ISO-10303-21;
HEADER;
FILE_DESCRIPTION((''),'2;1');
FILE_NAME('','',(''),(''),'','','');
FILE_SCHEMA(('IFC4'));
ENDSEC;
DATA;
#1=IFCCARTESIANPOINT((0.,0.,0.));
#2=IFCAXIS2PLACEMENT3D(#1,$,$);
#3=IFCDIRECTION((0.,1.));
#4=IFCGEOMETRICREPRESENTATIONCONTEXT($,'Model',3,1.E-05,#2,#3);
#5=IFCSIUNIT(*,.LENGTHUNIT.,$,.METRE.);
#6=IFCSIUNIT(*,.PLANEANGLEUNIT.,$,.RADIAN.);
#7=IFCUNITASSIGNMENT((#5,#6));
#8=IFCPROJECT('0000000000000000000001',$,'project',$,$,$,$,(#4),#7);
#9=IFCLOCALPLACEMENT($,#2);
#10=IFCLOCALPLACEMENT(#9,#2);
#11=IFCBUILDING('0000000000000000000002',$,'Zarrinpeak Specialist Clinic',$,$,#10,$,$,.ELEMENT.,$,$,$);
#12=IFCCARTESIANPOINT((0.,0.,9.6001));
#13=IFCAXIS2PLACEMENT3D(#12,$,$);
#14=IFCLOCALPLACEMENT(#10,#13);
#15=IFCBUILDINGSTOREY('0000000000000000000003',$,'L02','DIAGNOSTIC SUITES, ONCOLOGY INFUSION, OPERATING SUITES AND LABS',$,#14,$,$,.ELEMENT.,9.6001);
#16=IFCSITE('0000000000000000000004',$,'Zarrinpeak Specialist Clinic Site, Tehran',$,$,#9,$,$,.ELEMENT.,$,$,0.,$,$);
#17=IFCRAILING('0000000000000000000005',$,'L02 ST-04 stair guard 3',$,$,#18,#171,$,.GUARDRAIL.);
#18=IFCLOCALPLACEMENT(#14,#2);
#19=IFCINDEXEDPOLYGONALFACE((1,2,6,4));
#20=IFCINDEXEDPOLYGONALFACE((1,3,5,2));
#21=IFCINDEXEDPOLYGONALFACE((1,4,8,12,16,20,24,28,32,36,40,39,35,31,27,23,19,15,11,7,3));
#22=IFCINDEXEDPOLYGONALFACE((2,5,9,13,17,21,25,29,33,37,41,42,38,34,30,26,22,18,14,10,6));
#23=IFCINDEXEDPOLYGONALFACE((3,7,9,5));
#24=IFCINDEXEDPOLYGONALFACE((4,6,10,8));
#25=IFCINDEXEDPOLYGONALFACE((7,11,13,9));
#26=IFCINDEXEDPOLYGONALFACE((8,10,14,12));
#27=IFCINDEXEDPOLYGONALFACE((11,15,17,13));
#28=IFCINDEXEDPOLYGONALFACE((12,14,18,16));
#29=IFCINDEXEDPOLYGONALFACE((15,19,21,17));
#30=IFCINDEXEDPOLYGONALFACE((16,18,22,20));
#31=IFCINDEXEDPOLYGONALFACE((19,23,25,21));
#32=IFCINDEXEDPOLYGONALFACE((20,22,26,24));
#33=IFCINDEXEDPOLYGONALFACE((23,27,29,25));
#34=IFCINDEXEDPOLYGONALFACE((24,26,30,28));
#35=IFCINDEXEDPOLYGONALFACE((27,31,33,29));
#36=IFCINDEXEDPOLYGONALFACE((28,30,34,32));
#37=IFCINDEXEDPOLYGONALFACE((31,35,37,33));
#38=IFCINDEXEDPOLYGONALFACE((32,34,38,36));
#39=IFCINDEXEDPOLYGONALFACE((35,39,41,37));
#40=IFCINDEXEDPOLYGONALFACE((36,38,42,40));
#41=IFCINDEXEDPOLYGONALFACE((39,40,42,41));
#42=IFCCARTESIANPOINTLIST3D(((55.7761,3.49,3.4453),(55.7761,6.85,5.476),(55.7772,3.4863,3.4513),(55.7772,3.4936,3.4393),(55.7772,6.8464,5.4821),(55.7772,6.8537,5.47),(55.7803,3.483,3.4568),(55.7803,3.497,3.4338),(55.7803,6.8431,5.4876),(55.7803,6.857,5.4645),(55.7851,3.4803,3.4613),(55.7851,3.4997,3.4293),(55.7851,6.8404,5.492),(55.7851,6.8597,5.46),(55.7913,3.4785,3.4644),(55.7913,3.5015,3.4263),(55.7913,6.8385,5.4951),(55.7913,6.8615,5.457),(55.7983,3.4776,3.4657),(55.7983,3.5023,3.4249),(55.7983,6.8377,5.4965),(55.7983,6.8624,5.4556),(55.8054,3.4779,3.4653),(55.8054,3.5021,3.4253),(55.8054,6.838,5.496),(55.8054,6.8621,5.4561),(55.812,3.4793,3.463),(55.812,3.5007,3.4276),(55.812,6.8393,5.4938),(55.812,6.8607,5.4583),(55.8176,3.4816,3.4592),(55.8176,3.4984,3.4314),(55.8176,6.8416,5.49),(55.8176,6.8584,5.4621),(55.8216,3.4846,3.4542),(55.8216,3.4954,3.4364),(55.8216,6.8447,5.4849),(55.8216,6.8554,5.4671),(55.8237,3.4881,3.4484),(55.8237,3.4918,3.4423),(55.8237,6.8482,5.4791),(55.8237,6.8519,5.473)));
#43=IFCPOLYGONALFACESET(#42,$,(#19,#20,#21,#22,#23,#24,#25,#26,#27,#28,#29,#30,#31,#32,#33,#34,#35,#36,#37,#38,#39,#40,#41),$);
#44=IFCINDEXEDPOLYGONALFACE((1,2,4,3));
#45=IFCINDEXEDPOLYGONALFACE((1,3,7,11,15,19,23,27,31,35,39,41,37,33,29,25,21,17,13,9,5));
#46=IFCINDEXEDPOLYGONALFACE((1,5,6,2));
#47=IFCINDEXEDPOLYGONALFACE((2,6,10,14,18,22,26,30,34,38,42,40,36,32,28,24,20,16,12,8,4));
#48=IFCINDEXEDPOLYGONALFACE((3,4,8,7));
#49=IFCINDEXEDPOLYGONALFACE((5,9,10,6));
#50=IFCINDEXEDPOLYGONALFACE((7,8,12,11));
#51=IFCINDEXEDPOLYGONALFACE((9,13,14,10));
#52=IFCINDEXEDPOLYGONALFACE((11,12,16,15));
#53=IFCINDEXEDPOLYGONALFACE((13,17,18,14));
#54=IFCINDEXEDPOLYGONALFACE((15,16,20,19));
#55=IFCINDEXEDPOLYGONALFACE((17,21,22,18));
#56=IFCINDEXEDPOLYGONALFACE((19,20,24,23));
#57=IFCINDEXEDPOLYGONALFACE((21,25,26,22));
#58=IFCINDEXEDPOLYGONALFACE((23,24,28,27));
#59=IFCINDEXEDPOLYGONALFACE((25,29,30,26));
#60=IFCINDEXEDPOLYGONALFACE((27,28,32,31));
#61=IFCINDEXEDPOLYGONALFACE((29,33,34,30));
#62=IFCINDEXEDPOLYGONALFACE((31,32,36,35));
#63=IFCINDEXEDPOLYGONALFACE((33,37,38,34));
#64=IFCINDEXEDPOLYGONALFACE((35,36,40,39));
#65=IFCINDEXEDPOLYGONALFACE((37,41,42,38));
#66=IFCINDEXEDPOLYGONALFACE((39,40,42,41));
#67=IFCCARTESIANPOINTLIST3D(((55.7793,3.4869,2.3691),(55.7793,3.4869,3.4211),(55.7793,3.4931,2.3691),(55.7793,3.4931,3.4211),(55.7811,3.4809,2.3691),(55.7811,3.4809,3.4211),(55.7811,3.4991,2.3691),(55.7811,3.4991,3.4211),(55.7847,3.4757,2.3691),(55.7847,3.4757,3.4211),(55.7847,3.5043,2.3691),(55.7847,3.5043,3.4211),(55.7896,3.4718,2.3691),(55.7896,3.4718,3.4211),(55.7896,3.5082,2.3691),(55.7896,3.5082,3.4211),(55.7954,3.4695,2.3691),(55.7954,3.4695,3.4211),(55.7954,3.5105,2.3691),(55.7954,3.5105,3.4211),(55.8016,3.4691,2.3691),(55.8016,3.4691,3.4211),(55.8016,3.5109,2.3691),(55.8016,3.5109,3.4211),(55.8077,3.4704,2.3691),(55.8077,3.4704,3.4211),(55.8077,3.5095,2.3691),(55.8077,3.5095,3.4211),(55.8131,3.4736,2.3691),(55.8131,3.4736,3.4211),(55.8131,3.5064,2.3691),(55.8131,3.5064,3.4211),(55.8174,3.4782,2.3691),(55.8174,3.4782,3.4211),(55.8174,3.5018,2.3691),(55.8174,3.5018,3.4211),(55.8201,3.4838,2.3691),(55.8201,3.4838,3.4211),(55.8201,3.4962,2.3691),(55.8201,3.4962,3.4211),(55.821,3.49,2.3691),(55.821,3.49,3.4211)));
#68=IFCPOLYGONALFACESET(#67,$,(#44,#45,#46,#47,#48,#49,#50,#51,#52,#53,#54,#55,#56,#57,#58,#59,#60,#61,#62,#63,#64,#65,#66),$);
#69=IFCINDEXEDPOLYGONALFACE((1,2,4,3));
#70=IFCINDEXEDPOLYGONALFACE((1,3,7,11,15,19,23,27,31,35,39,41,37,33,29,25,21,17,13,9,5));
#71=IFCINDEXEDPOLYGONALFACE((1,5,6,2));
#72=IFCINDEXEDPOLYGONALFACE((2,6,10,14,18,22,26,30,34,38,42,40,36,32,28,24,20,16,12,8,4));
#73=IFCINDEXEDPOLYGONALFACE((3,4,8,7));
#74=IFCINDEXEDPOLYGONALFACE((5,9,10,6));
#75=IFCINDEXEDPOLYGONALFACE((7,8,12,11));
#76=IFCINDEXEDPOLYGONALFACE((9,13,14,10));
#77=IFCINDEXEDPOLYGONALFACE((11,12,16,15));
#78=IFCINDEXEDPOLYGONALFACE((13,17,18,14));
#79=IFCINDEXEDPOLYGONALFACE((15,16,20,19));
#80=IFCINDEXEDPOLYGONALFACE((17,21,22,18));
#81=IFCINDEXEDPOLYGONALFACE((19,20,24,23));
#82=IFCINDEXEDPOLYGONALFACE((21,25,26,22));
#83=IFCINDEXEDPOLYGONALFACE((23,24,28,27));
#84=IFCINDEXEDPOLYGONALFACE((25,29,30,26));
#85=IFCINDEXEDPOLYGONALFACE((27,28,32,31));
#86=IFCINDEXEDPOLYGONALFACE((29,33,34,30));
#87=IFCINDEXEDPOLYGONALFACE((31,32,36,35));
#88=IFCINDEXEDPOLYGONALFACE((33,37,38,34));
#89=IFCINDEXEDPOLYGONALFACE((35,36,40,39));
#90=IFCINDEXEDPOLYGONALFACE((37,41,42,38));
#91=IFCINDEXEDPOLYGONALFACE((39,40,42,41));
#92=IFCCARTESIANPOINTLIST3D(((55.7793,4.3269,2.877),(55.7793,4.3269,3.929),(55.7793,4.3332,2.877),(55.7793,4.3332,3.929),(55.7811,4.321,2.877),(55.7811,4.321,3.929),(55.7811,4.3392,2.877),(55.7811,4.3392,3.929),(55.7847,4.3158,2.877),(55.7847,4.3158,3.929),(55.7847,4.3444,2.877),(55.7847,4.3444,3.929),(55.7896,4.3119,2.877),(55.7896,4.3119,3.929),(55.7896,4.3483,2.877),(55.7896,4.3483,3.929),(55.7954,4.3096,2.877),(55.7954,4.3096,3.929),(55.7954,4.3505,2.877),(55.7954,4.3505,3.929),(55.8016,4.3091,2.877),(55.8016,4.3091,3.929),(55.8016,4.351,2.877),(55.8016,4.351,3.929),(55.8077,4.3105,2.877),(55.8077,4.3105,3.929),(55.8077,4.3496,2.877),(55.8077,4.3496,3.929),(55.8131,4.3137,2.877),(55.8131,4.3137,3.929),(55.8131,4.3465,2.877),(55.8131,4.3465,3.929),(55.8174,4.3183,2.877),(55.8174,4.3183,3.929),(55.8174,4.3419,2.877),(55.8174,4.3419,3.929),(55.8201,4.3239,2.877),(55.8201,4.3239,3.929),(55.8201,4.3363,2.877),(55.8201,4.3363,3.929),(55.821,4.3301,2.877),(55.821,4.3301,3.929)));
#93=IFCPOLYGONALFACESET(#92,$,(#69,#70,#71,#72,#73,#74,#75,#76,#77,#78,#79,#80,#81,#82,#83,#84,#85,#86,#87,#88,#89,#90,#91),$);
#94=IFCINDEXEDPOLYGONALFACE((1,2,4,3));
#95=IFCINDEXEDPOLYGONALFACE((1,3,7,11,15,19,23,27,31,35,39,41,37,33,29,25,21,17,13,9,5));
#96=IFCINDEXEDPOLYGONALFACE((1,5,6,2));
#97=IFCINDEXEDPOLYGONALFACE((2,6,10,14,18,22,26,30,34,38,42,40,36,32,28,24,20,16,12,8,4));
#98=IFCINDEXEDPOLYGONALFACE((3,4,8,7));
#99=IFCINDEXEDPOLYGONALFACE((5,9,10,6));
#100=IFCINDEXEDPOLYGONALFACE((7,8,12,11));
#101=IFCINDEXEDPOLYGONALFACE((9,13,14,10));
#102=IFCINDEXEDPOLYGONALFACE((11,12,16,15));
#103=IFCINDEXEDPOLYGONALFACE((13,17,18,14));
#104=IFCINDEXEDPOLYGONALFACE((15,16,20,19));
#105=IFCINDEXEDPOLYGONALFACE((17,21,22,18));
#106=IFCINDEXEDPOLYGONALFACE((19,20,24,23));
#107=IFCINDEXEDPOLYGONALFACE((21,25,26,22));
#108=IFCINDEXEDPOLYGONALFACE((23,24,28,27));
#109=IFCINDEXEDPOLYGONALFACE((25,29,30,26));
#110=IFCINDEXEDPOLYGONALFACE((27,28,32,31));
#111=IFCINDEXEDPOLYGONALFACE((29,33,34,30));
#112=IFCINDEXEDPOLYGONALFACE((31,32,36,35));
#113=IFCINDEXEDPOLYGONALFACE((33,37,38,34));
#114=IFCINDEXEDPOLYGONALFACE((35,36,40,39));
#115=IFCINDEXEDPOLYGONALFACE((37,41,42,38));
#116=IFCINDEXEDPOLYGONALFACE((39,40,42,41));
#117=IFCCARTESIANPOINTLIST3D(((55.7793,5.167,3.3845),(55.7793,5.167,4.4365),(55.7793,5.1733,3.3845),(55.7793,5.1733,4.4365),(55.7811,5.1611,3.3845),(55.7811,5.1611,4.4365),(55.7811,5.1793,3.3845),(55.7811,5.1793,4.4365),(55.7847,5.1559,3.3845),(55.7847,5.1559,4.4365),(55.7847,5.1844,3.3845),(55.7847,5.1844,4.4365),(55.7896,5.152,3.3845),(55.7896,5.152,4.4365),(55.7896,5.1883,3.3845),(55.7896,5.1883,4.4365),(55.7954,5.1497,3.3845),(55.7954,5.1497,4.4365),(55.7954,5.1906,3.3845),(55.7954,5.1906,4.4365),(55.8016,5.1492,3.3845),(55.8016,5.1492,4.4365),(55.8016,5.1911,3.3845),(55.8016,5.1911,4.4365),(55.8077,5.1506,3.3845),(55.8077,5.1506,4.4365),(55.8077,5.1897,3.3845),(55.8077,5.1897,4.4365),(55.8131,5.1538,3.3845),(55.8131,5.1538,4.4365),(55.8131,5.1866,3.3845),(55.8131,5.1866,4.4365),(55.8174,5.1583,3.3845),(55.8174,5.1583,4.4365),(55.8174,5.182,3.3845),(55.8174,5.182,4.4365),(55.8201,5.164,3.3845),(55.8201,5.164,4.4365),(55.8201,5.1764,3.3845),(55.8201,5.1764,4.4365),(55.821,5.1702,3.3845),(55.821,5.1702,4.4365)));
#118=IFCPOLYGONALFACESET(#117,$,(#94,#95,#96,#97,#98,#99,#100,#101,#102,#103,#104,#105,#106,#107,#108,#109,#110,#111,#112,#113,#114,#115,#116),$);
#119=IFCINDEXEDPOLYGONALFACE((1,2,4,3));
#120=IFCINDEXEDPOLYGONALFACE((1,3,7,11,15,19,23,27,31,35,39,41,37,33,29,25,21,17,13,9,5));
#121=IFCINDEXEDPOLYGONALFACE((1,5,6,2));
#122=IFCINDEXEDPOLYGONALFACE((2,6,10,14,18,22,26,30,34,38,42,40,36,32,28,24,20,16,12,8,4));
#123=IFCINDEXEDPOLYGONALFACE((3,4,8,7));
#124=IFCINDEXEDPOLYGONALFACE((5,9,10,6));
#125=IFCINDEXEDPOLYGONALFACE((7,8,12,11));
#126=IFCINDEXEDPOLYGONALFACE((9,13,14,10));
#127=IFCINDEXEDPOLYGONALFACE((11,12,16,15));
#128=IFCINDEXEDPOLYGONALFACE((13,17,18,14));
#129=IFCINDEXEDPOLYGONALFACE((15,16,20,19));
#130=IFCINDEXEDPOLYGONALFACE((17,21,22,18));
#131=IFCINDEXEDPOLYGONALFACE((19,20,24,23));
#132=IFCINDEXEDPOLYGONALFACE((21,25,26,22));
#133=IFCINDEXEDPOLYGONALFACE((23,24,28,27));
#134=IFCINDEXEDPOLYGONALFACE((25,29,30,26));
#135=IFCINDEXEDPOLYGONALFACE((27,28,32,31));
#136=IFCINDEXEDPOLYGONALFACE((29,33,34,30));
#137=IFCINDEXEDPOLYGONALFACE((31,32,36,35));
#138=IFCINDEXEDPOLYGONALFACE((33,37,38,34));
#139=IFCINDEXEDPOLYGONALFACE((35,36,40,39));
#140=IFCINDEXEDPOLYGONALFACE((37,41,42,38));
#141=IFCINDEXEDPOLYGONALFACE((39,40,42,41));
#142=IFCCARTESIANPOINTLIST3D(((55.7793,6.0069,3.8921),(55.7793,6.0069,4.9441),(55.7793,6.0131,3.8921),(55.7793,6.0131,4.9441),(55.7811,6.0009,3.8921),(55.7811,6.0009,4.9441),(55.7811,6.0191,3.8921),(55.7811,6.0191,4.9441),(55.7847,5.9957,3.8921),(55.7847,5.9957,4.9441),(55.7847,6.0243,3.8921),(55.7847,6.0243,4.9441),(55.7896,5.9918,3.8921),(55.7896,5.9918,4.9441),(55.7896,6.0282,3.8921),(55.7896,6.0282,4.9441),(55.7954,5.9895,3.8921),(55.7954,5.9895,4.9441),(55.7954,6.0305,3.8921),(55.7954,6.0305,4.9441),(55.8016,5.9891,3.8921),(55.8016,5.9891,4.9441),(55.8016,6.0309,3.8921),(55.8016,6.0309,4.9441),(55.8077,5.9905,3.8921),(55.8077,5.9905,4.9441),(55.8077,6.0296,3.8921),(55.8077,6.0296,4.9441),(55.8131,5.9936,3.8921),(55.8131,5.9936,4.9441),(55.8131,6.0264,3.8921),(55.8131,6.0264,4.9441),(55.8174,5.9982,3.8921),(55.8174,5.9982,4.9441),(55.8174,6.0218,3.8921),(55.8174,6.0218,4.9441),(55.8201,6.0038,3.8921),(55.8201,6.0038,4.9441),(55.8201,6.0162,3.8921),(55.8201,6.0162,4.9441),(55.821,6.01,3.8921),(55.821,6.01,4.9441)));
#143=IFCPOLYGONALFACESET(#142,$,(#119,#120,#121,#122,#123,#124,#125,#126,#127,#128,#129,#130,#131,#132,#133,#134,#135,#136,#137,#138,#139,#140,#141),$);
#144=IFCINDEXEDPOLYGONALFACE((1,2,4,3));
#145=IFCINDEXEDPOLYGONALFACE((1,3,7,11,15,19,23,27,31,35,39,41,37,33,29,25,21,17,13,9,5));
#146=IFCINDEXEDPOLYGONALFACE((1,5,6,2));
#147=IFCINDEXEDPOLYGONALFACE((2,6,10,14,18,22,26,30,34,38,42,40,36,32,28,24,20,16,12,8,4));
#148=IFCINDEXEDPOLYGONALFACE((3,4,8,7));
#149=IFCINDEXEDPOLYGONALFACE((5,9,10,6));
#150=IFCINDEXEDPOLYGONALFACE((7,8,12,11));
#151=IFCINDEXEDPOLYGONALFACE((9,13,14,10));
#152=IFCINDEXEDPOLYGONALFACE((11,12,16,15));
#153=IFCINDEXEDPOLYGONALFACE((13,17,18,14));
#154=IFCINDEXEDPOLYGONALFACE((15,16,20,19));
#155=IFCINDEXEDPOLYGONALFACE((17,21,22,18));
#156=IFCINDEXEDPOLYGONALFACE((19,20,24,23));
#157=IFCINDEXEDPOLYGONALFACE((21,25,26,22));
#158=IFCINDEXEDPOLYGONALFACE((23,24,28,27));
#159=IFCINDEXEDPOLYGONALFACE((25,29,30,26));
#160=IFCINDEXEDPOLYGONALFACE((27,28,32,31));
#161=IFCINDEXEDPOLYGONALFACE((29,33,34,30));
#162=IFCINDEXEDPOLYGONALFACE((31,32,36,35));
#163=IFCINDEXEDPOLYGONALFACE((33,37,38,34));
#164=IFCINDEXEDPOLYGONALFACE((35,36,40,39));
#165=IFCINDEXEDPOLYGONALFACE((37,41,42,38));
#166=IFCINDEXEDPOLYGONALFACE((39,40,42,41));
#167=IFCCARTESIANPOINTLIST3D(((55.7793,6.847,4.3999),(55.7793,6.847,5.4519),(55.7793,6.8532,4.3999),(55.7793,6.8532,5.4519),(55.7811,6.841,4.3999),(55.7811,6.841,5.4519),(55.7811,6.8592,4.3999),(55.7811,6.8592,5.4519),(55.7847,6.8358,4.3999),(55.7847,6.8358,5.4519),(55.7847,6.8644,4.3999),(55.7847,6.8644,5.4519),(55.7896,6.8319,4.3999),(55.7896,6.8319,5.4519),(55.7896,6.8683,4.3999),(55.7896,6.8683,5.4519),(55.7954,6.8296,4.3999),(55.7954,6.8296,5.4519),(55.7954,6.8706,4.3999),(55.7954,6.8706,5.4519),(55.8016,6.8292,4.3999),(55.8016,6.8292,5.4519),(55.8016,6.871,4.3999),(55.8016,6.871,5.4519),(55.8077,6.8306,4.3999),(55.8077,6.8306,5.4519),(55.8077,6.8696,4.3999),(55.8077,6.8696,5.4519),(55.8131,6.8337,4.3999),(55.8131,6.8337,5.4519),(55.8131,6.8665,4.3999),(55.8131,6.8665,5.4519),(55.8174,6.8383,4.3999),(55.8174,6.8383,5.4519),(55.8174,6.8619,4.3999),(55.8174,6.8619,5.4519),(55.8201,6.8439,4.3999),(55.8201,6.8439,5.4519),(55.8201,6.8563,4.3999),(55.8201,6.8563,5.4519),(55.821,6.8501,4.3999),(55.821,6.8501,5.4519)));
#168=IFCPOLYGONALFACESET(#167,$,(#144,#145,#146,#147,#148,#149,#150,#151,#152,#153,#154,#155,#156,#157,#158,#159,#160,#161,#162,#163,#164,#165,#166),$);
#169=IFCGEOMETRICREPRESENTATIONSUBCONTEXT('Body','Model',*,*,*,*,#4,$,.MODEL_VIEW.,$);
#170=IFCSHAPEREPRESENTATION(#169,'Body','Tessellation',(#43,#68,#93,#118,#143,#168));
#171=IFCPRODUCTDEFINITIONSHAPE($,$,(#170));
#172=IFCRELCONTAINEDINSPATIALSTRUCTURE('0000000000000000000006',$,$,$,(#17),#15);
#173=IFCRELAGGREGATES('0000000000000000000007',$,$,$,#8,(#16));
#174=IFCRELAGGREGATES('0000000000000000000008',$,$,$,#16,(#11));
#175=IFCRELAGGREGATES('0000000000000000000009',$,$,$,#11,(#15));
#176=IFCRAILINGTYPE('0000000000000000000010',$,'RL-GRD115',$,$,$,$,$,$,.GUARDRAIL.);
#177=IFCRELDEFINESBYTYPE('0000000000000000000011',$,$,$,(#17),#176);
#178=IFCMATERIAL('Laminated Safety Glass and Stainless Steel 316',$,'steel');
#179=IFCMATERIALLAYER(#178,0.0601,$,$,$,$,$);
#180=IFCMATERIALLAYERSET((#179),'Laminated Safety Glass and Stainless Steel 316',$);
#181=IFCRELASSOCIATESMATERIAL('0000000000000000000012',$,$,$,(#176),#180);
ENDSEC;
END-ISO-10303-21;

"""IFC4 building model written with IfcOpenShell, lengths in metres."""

from ifc_helpers import new_model, si_unit, direction, frame, origin, origin_2d, place, context, subcontext, project, spatial, circle, extrude, material, layer, layer_set, type_object, element, save


model = new_model("IFC4")

# Units and contexts
model_context = context("Model", 3, precision=1e-05, world=origin(), true_north=direction((0.0, 1.0)))
body_context = subcontext(model_context, "Body", "Model", "MODEL_VIEW")
ifc_project = project(units=[si_unit("LENGTHUNIT", "METRE"), si_unit("PLANEANGLEUNIT", "RADIAN")], contexts=[model_context])

# Site, building, storey
site_placement = place(None, origin())
site = spatial("IfcSite", under=ifc_project, at=site_placement, Name="Zarrinpeak Specialist Clinic Site, Tehran", CompositionType="ELEMENT", RefElevation=0.0)
building_placement = place(site_placement, origin())
building = spatial("IfcBuilding", under=site, at=building_placement, Name="Zarrinpeak Specialist Clinic", CompositionType="ELEMENT")
storey_placement = place(building_placement, frame((0.0, 0.0, 9.6001)))
storey = spatial("IfcBuildingStorey", under=building, at=storey_placement, Name="L02", Description="DIAGNOSTIC SUITES, ONCOLOGY INFUSION, OPERATING SUITES AND LABS", CompositionType="ELEMENT", Elevation=9.6001)

# Railing
ifc_material_1 = material(Name="Laminated Safety Glass and Stainless Steel 316", Category="steel")
ifc_layer_1 = layer(ifc_material_1, 0.0601)
ifc_layer_set_1 = layer_set([ifc_layer_1], Name="Laminated Safety Glass and Stainless Steel 316")
railing_type_1 = type_object("IfcRailingType", Name="RL-GRD115", PredefinedType="GUARDRAIL", material=ifc_layer_set_1)
railing_1_placement = place(storey_placement, frame((55.8, 3.49, 2.3691)))
element("IfcRailing", 1, at=railing_1_placement, inside=storey, type_object=railing_type_1, Name="L02 ST-04 stair guard 3", PredefinedType="GUARDRAIL", context=body_context, shape_type="SweptSolid", body=[
    extrude(circle(Radius=0.0239, at=origin_2d()), frame((0.0, 0.0, 1.0762), z_axis=(0.0, 0.855837, 0.517246), x_axis=(-1.0, 0.0, 0.0)), (0.0, 0.0, 1.0), 3.926),
    extrude(circle(Radius=0.021, at=origin_2d()), origin(), (0.0, 0.0, 1.0), 1.052),
    extrude(circle(Radius=0.021, at=origin_2d()), frame((0.0, 0.8401, 0.5078)), (0.0, 0.0, 1.0), 1.052),
    extrude(circle(Radius=0.021, at=origin_2d()), frame((0.0, 1.6802, 1.0154)), (0.0, 0.0, 1.0), 1.052),
    extrude(circle(Radius=0.021, at=origin_2d()), frame((0.0, 2.52, 1.5229)), (0.0, 0.0, 1.0), 1.052),
    extrude(circle(Radius=0.021, at=origin_2d()), frame((0.0, 3.3601, 2.0308)), (0.0, 0.0, 1.0), 1.052),
])

save(model, "model.ifc")
